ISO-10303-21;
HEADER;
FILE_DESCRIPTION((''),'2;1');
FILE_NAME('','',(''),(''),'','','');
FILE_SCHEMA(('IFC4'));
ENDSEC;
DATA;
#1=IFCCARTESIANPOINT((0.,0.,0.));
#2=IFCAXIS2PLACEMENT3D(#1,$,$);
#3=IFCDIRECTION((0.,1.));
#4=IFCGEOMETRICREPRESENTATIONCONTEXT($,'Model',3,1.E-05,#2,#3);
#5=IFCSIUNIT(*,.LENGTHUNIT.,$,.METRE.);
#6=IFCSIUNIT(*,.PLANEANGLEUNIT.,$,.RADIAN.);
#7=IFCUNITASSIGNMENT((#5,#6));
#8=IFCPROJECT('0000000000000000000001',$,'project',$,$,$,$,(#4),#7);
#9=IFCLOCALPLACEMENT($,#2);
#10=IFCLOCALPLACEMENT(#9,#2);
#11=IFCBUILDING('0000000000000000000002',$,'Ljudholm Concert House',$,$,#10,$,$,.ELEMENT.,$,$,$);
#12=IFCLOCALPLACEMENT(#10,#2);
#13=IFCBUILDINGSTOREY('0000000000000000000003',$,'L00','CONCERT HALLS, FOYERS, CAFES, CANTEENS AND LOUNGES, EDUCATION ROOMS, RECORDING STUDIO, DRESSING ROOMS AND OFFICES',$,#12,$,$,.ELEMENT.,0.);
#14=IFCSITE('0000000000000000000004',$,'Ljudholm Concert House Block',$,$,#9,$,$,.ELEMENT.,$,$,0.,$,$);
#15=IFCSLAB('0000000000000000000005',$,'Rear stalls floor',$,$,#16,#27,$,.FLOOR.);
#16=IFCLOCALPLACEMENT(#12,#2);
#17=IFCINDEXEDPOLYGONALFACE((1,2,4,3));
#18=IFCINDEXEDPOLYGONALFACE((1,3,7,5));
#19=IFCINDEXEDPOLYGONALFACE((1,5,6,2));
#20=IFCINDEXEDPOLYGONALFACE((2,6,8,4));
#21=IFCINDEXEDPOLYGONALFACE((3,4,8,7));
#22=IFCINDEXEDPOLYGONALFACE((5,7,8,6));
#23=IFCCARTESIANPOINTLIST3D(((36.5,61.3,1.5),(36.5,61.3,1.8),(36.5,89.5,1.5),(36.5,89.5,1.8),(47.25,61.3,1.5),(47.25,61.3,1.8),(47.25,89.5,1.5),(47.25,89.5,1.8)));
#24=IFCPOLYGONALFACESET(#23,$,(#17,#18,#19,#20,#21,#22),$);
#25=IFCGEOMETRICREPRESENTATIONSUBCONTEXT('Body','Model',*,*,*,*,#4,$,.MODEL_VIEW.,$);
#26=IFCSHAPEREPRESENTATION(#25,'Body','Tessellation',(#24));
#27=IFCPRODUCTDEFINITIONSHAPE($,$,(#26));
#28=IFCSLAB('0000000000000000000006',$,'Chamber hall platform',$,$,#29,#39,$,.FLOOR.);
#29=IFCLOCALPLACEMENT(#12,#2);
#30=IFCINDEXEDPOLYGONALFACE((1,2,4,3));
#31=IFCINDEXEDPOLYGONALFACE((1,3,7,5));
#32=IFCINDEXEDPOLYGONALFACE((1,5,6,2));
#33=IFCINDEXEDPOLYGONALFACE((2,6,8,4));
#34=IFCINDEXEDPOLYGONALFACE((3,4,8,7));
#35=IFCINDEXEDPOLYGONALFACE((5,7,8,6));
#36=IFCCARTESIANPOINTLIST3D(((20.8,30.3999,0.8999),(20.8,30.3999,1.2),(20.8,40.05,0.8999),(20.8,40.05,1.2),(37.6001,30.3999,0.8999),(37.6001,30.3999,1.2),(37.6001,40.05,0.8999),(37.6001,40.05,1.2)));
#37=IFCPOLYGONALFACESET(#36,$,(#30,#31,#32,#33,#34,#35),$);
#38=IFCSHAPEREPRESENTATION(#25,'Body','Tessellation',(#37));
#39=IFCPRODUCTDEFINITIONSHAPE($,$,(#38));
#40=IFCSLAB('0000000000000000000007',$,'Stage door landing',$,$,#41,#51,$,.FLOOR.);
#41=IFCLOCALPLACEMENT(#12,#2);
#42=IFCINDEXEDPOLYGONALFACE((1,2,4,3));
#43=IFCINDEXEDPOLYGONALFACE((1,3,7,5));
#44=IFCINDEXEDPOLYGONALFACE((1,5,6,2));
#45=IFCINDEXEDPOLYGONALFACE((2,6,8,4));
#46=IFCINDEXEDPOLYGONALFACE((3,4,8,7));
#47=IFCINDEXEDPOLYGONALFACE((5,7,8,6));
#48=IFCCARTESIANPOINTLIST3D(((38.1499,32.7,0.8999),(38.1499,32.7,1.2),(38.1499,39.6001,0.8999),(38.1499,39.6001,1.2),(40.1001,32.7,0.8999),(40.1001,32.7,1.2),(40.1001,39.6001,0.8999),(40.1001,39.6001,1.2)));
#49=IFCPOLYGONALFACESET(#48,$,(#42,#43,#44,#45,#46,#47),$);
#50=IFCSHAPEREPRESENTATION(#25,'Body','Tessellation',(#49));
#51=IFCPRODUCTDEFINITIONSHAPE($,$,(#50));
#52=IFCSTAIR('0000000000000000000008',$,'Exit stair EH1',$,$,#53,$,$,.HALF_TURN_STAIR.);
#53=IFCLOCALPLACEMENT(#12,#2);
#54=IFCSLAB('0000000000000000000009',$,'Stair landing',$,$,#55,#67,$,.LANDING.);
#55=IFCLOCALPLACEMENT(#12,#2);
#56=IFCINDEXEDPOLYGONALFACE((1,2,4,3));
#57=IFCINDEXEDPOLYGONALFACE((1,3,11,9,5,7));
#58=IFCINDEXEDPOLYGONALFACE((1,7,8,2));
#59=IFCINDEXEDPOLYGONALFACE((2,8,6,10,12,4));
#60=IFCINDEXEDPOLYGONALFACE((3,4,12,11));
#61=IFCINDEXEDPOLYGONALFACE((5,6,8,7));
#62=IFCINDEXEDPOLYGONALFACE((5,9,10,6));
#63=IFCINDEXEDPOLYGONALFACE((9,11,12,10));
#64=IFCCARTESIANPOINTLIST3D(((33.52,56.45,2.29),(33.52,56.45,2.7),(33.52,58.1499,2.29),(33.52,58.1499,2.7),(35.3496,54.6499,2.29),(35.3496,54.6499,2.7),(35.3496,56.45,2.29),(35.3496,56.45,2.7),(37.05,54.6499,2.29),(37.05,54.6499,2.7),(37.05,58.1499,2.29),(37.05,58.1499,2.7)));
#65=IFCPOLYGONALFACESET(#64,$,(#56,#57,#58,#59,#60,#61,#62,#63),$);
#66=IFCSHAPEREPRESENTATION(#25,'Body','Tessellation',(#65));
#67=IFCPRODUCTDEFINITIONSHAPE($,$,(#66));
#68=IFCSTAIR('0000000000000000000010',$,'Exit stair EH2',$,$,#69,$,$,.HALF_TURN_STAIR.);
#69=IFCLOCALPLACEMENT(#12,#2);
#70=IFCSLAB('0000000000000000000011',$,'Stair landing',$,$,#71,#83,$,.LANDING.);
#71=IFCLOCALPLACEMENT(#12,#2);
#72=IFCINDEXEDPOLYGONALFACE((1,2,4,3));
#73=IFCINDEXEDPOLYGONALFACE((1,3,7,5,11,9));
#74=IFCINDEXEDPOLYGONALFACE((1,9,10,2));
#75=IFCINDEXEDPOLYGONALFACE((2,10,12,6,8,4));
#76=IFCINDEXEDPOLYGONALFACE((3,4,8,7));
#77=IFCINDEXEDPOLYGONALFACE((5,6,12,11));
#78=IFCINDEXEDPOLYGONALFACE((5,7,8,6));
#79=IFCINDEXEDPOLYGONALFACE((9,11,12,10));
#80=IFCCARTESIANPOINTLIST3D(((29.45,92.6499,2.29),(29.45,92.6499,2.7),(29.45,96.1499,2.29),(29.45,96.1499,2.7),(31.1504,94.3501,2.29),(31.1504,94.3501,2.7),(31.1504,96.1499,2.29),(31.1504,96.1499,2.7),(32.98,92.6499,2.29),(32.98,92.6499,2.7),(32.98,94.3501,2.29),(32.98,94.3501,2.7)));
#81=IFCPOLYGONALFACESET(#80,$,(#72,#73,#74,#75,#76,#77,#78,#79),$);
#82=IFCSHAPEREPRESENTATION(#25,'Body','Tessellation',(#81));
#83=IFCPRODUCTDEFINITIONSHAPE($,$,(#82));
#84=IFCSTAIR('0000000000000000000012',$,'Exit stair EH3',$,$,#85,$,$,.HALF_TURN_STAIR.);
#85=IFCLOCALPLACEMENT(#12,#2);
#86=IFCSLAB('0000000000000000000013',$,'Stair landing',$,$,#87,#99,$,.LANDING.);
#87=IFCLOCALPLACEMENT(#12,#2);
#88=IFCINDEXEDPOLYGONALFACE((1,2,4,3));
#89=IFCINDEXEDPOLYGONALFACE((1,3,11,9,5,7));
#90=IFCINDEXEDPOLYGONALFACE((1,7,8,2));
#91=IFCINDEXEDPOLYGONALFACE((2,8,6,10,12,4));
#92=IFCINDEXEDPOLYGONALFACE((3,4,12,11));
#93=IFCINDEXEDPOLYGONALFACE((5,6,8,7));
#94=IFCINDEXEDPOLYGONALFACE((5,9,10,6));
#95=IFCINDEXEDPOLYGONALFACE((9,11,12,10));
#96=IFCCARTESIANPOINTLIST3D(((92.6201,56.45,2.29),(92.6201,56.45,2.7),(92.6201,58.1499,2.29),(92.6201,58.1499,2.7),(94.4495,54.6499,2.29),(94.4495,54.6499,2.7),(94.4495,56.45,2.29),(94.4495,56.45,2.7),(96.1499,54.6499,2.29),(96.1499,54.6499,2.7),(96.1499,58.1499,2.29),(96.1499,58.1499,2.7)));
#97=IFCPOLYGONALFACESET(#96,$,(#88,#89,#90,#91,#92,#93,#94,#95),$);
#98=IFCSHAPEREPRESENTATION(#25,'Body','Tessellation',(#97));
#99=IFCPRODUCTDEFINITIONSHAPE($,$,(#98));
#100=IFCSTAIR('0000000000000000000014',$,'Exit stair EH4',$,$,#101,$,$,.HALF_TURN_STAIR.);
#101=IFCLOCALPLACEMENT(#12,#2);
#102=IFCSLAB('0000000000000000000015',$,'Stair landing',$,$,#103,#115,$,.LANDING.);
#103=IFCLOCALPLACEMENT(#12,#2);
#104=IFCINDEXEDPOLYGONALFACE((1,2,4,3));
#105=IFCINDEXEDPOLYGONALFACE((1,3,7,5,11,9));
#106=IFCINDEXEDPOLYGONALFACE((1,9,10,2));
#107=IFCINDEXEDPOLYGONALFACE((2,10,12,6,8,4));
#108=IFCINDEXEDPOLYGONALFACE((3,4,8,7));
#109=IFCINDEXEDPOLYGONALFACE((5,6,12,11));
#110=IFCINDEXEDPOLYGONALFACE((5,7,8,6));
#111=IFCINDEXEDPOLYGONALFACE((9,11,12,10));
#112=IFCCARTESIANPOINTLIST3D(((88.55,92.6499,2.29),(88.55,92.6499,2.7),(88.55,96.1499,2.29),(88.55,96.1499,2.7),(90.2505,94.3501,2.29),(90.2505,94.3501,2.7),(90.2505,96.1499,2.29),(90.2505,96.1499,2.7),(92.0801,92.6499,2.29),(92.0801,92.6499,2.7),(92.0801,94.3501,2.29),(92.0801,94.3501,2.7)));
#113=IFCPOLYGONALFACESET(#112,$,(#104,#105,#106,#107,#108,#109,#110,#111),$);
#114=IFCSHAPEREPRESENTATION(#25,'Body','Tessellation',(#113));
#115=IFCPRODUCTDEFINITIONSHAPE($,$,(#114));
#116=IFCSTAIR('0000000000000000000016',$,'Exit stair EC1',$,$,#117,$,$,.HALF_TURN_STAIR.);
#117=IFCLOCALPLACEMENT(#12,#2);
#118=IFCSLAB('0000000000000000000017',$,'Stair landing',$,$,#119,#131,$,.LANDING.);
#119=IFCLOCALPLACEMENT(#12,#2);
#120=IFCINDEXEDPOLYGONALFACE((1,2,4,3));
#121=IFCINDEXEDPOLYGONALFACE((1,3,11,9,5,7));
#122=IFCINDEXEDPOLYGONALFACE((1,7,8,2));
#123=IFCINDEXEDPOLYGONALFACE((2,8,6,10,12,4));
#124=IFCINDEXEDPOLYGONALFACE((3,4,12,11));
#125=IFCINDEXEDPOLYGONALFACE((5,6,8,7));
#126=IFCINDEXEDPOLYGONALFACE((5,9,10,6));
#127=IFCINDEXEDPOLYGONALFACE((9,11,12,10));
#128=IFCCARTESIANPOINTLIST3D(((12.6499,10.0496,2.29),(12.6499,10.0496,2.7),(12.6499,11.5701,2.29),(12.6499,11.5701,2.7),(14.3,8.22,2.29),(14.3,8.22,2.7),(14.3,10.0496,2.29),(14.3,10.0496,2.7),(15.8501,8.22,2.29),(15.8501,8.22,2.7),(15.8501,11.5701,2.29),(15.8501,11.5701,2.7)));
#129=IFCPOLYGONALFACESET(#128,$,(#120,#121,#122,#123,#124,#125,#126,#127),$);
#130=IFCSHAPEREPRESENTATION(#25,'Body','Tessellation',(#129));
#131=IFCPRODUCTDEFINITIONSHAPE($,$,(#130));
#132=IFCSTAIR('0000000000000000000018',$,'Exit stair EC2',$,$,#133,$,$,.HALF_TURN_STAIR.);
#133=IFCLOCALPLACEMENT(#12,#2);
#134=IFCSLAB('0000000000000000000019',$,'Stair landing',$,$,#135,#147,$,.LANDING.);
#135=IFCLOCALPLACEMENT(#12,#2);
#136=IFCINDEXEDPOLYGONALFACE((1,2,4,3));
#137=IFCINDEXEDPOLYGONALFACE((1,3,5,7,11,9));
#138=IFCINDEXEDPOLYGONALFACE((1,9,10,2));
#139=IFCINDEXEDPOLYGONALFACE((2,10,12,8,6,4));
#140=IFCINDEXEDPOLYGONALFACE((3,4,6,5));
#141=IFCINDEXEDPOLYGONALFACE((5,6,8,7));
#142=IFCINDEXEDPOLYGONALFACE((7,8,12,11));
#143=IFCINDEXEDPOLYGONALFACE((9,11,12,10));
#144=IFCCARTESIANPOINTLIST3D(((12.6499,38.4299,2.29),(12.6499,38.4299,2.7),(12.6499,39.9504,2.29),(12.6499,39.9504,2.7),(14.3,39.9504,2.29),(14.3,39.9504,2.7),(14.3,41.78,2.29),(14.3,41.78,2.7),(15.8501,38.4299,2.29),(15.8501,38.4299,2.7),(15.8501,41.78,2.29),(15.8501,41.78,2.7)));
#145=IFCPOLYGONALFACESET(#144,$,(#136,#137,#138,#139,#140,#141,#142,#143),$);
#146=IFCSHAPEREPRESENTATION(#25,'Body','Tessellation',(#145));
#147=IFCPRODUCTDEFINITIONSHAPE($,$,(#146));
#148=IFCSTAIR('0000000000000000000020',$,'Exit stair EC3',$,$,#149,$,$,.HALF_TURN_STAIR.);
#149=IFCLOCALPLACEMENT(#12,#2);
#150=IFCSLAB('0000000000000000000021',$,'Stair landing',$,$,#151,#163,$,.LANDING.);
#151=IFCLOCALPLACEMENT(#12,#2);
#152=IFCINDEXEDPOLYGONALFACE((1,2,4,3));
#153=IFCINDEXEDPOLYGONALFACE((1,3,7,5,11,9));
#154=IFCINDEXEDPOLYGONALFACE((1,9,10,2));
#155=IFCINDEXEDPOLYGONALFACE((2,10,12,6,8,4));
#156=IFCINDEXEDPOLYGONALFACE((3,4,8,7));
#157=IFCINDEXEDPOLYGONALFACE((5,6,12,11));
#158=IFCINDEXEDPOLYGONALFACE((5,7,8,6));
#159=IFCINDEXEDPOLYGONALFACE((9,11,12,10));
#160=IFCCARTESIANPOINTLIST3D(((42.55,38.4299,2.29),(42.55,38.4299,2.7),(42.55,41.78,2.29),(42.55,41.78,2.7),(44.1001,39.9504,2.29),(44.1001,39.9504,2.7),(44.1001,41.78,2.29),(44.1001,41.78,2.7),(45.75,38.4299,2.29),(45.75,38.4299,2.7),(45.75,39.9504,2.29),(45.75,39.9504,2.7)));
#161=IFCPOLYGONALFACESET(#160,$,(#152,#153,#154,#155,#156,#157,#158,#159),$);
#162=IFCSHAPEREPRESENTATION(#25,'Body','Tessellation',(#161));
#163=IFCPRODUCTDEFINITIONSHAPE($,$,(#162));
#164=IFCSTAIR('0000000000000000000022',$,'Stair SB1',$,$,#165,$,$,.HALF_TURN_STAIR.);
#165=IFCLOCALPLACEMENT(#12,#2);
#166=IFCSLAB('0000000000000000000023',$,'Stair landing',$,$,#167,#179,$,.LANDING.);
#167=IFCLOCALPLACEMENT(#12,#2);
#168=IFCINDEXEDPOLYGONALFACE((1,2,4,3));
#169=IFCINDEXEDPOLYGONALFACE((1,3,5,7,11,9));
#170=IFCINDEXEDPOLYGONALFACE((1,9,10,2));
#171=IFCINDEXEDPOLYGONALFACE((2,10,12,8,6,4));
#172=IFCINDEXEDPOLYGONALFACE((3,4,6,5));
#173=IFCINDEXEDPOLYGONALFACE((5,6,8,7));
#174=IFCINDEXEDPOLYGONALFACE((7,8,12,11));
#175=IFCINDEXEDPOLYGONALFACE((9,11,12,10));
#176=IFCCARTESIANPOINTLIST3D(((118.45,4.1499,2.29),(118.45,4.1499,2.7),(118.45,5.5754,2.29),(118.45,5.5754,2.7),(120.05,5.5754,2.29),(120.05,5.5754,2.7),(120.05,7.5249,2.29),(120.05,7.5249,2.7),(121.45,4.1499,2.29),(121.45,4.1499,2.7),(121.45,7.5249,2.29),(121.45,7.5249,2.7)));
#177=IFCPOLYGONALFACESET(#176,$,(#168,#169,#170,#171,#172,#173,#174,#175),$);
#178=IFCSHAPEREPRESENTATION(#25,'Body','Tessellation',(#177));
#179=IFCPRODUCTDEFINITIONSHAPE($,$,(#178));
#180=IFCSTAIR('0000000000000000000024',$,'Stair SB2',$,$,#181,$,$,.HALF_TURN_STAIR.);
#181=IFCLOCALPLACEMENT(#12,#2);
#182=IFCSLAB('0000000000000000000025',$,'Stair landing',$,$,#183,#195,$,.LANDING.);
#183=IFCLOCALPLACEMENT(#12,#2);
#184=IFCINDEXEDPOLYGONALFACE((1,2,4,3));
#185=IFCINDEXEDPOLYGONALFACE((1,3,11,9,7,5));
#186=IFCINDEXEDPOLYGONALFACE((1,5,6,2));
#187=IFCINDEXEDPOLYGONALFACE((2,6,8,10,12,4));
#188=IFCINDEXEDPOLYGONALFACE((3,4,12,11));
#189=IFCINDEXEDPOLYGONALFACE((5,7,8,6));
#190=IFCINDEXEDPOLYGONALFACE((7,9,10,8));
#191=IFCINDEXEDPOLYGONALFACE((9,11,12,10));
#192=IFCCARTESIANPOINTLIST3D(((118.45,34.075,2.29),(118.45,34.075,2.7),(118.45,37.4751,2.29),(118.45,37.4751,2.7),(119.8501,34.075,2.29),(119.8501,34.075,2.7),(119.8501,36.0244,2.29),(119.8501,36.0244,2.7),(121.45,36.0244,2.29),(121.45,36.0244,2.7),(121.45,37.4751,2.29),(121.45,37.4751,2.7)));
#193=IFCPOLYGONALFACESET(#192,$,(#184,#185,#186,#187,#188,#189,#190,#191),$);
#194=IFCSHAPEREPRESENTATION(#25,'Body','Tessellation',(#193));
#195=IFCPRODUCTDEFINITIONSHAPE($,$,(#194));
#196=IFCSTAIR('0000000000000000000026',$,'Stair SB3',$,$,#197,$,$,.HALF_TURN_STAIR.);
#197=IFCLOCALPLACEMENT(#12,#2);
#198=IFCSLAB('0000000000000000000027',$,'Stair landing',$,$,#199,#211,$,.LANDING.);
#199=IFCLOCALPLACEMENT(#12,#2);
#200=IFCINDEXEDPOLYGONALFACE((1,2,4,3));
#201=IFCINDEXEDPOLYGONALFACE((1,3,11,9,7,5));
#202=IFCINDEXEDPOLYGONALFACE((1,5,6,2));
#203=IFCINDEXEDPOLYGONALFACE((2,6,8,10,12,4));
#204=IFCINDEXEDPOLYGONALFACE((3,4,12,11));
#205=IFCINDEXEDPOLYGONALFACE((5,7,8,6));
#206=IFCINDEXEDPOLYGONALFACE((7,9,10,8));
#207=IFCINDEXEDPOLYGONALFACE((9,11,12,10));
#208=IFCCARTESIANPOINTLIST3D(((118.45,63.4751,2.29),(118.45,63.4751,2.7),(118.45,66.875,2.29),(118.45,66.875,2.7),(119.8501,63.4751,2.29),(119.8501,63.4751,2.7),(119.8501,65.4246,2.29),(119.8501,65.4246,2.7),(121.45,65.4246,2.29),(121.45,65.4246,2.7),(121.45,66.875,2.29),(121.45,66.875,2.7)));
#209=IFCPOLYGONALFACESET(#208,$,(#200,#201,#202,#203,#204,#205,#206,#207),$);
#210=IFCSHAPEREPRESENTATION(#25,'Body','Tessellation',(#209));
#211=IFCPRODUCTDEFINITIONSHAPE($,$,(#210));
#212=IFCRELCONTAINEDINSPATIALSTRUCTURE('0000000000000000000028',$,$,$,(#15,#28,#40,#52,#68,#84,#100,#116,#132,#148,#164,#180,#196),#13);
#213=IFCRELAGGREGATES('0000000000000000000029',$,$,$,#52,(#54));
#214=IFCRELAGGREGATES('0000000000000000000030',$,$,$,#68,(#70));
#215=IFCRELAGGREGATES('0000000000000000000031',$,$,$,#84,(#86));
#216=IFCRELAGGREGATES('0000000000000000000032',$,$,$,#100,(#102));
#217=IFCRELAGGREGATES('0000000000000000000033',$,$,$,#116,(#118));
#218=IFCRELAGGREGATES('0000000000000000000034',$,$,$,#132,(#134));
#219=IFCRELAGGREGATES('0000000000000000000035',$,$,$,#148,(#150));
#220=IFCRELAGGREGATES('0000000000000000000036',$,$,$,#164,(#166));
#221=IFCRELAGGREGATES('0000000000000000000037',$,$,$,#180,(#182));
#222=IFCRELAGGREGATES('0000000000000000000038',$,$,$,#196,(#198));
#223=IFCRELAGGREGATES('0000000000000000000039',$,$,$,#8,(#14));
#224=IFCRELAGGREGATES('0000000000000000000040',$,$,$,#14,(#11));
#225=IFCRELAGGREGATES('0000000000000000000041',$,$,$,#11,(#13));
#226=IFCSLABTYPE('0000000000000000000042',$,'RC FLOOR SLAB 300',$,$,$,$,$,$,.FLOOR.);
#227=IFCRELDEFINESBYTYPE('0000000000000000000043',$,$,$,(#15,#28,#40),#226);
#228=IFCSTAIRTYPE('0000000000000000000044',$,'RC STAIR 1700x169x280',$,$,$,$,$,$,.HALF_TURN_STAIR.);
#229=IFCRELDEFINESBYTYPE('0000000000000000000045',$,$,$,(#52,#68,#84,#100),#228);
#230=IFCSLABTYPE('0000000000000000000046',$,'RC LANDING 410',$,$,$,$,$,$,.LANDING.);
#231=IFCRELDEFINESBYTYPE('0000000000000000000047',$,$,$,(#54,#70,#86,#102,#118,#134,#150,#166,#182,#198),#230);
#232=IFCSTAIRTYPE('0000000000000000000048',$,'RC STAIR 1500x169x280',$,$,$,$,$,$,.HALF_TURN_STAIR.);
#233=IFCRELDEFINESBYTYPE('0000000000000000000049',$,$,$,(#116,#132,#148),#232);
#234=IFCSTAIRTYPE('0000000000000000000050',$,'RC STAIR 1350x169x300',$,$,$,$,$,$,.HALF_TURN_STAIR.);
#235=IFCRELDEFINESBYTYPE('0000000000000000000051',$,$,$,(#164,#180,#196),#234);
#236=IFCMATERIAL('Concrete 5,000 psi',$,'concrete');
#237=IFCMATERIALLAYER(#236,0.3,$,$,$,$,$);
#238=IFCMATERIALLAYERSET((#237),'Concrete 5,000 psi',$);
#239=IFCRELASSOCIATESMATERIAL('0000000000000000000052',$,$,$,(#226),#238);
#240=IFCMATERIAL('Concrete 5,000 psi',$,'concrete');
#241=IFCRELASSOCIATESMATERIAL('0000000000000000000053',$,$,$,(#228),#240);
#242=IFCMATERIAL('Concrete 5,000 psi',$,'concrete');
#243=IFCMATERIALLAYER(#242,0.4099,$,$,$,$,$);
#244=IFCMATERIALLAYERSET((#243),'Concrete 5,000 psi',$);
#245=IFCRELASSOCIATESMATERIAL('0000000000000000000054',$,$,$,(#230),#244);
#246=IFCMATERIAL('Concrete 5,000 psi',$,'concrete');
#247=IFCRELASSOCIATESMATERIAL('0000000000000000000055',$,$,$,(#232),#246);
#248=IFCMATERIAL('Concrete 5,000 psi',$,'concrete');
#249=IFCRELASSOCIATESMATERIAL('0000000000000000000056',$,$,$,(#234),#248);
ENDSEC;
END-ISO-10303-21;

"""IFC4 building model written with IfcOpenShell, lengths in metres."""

from ifc_helpers import new_model, si_unit, direction, frame, origin, place, context, subcontext, project, spatial, polyline, outline, extrude, material, layer, layer_set, type_object, element, aggregate, save


model = new_model("IFC4")

# Units and contexts
model_context = context("Model", 3, precision=1e-05, world=origin(), true_north=direction((0.0, 1.0)))
body_context = subcontext(model_context, "Body", "Model", "MODEL_VIEW")
ifc_project = project(units=[si_unit("LENGTHUNIT", "METRE"), si_unit("PLANEANGLEUNIT", "RADIAN")], contexts=[model_context])

# Site, building, storey
site_placement = place(None, origin())
site = spatial("IfcSite", under=ifc_project, at=site_placement, Name="Ljudholm Concert House Block", CompositionType="ELEMENT", RefElevation=0.0)
building_placement = place(site_placement, origin())
building = spatial("IfcBuilding", under=site, at=building_placement, Name="Ljudholm Concert House", CompositionType="ELEMENT")
storey_placement = place(building_placement, origin())
storey = spatial("IfcBuildingStorey", under=building, at=storey_placement, Name="L00", Description="CONCERT HALLS, FOYERS, CAFES, CANTEENS AND LOUNGES, EDUCATION ROOMS, RECORDING STUDIO, DRESSING ROOMS AND OFFICES", CompositionType="ELEMENT", Elevation=0.0)

# Slabs
ifc_material_1 = material(Name="Concrete 5,000 psi", Category="concrete")
ifc_layer_1 = layer(ifc_material_1, 0.3)
ifc_layer_set_1 = layer_set([ifc_layer_1], Name="Concrete 5,000 psi")
slab_type_1 = type_object("IfcSlabType", Name="RC FLOOR SLAB 300", PredefinedType="FLOOR", material=ifc_layer_set_1)
slab_1_placement = place(storey_placement, frame((0.0, 0.0, 1.5)))
element("IfcSlab", 1, at=slab_1_placement, inside=storey, type_object=slab_type_1, Name="Rear stalls floor", PredefinedType="FLOOR", context=body_context, shape_type="SweptSolid", body=[
    extrude(outline(polyline([(36.5, 61.3), (47.25, 61.3), (47.25, 89.5), (36.5, 89.5), (36.5, 61.3)])), origin(), (0.0, 0.0, 1.0), 0.3),
])
slab_2_placement = place(storey_placement, frame((0.0, 0.0, 0.8999)))
element("IfcSlab", 2, at=slab_2_placement, inside=storey, type_object=slab_type_1, Name="Chamber hall platform", PredefinedType="FLOOR", context=body_context, shape_type="SweptSolid", body=[
    extrude(outline(polyline([(20.8, 30.3999), (37.6001, 30.3999), (37.6001, 40.05), (20.8, 40.05), (20.8, 30.3999)])), origin(), (0.0, 0.0, 1.0), 0.3),
])
slab_3_placement = place(storey_placement, frame((0.0, 0.0, 0.8999)))
element("IfcSlab", 3, at=slab_3_placement, inside=storey, type_object=slab_type_1, Name="Stage door landing", PredefinedType="FLOOR", context=body_context, shape_type="SweptSolid", body=[
    extrude(outline(polyline([(38.1499, 32.7), (40.1001, 32.7), (40.1001, 39.6001), (38.1499, 39.6001), (38.1499, 32.7)])), origin(), (0.0, 0.0, 1.0), 0.3),
])

# Stairs, slabs
ifc_material_2 = material(Name="Concrete 5,000 psi", Category="concrete")
stair_type_1 = type_object("IfcStairType", Name="RC STAIR 1700x169x280", PredefinedType="HALF_TURN_STAIR", material=ifc_material_2)
stair_1_placement = place(storey_placement, origin())
stair_1 = element("IfcStair", 4, at=stair_1_placement, inside=storey, type_object=stair_type_1, Name="Exit stair EH1", PredefinedType="HALF_TURN_STAIR")
ifc_material_3 = material(Name="Concrete 5,000 psi", Category="concrete")
ifc_layer_2 = layer(ifc_material_3, 0.4099)
ifc_layer_set_2 = layer_set([ifc_layer_2], Name="Concrete 5,000 psi")
slab_type_2 = type_object("IfcSlabType", Name="RC LANDING 410", PredefinedType="LANDING", material=ifc_layer_set_2)
slab_4_placement = place(storey_placement, frame((0.0, 0.0, 2.29)))
slab_4 = element("IfcSlab", 5, at=slab_4_placement, type_object=slab_type_2, Name="Stair landing", PredefinedType="LANDING", context=body_context, shape_type="SweptSolid", body=[
    extrude(outline(polyline([(33.52, 58.1499), (33.52, 56.45), (35.3496, 56.45), (35.3496, 54.6499), (37.05, 54.6499), (37.05, 58.1499), (33.52, 58.1499)])), origin(), (0.0, 0.0, 1.0), 0.4099),
])
aggregate(stair_1, [slab_4])
stair_2_placement = place(storey_placement, origin())
stair_2 = element("IfcStair", 6, at=stair_2_placement, inside=storey, type_object=stair_type_1, Name="Exit stair EH2", PredefinedType="HALF_TURN_STAIR")
slab_5_placement = place(storey_placement, frame((0.0, 0.0, 2.29)))
slab_5 = element("IfcSlab", 7, at=slab_5_placement, type_object=slab_type_2, Name="Stair landing", PredefinedType="LANDING", context=body_context, shape_type="SweptSolid", body=[
    extrude(outline(polyline([(32.98, 92.6499), (32.98, 94.3501), (31.1504, 94.3501), (31.1504, 96.1499), (29.45, 96.1499), (29.45, 92.6499), (32.98, 92.6499)])), origin(), (0.0, 0.0, 1.0), 0.4099),
])
aggregate(stair_2, [slab_5])
stair_3_placement = place(storey_placement, origin())
stair_3 = element("IfcStair", 8, at=stair_3_placement, inside=storey, type_object=stair_type_1, Name="Exit stair EH3", PredefinedType="HALF_TURN_STAIR")
slab_6_placement = place(storey_placement, frame((0.0, 0.0, 2.29)))
slab_6 = element("IfcSlab", 9, at=slab_6_placement, type_object=slab_type_2, Name="Stair landing", PredefinedType="LANDING", context=body_context, shape_type="SweptSolid", body=[
    extrude(outline(polyline([(92.6201, 58.1499), (92.6201, 56.45), (94.4495, 56.45), (94.4495, 54.6499), (96.1499, 54.6499), (96.1499, 58.1499), (92.6201, 58.1499)])), origin(), (0.0, 0.0, 1.0), 0.4099),
])
aggregate(stair_3, [slab_6])
stair_4_placement = place(storey_placement, origin())
stair_4 = element("IfcStair", 10, at=stair_4_placement, inside=storey, type_object=stair_type_1, Name="Exit stair EH4", PredefinedType="HALF_TURN_STAIR")
slab_7_placement = place(storey_placement, frame((0.0, 0.0, 2.29)))
slab_7 = element("IfcSlab", 11, at=slab_7_placement, type_object=slab_type_2, Name="Stair landing", PredefinedType="LANDING", context=body_context, shape_type="SweptSolid", body=[
    extrude(outline(polyline([(92.0801, 92.6499), (92.0801, 94.3501), (90.2505, 94.3501), (90.2505, 96.1499), (88.55, 96.1499), (88.55, 92.6499), (92.0801, 92.6499)])), origin(), (0.0, 0.0, 1.0), 0.4099),
])
aggregate(stair_4, [slab_7])
ifc_material_4 = material(Name="Concrete 5,000 psi", Category="concrete")
stair_type_2 = type_object("IfcStairType", Name="RC STAIR 1500x169x280", PredefinedType="HALF_TURN_STAIR", material=ifc_material_4)
stair_5_placement = place(storey_placement, origin())
stair_5 = element("IfcStair", 12, at=stair_5_placement, inside=storey, type_object=stair_type_2, Name="Exit stair EC1", PredefinedType="HALF_TURN_STAIR")
slab_8_placement = place(storey_placement, frame((0.0, 0.0, 2.29)))
slab_8 = element("IfcSlab", 13, at=slab_8_placement, type_object=slab_type_2, Name="Stair landing", PredefinedType="LANDING", context=body_context, shape_type="SweptSolid", body=[
    extrude(outline(polyline([(15.8501, 11.5701), (12.6499, 11.5701), (12.6499, 10.0496), (14.3, 10.0496), (14.3, 8.22), (15.8501, 8.22), (15.8501, 11.5701)])), origin(), (0.0, 0.0, 1.0), 0.4099),
])
aggregate(stair_5, [slab_8])
stair_6_placement = place(storey_placement, origin())
stair_6 = element("IfcStair", 14, at=stair_6_placement, inside=storey, type_object=stair_type_2, Name="Exit stair EC2", PredefinedType="HALF_TURN_STAIR")
slab_9_placement = place(storey_placement, frame((0.0, 0.0, 2.29)))
slab_9 = element("IfcSlab", 15, at=slab_9_placement, type_object=slab_type_2, Name="Stair landing", PredefinedType="LANDING", context=body_context, shape_type="SweptSolid", body=[
    extrude(outline(polyline([(15.8501, 41.78), (14.3, 41.78), (14.3, 39.9504), (12.6499, 39.9504), (12.6499, 38.4299), (15.8501, 38.4299), (15.8501, 41.78)])), origin(), (0.0, 0.0, 1.0), 0.4099),
])
aggregate(stair_6, [slab_9])
stair_7_placement = place(storey_placement, origin())
stair_7 = element("IfcStair", 16, at=stair_7_placement, inside=storey, type_object=stair_type_2, Name="Exit stair EC3", PredefinedType="HALF_TURN_STAIR")
slab_10_placement = place(storey_placement, frame((0.0, 0.0, 2.29)))
slab_10 = element("IfcSlab", 17, at=slab_10_placement, type_object=slab_type_2, Name="Stair landing", PredefinedType="LANDING", context=body_context, shape_type="SweptSolid", body=[
    extrude(outline(polyline([(42.55, 38.4299), (45.75, 38.4299), (45.75, 39.9504), (44.1001, 39.9504), (44.1001, 41.78), (42.55, 41.78), (42.55, 38.4299)])), origin(), (0.0, 0.0, 1.0), 0.4099),
])
aggregate(stair_7, [slab_10])
ifc_material_5 = material(Name="Concrete 5,000 psi", Category="concrete")
stair_type_3 = type_object("IfcStairType", Name="RC STAIR 1350x169x300", PredefinedType="HALF_TURN_STAIR", material=ifc_material_5)
stair_8_placement = place(storey_placement, origin())
stair_8 = element("IfcStair", 18, at=stair_8_placement, inside=storey, type_object=stair_type_3, Name="Stair SB1", PredefinedType="HALF_TURN_STAIR")
slab_11_placement = place(storey_placement, frame((0.0, 0.0, 2.29)))
slab_11 = element("IfcSlab", 19, at=slab_11_placement, type_object=slab_type_2, Name="Stair landing", PredefinedType="LANDING", context=body_context, shape_type="SweptSolid", body=[
    extrude(outline(polyline([(121.45, 7.5249), (120.05, 7.5249), (120.05, 5.5754), (118.45, 5.5754), (118.45, 4.1499), (121.45, 4.1499), (121.45, 7.5249)])), origin(), (0.0, 0.0, 1.0), 0.4099),
])
aggregate(stair_8, [slab_11])
stair_9_placement = place(storey_placement, origin())
stair_9 = element("IfcStair", 20, at=stair_9_placement, inside=storey, type_object=stair_type_3, Name="Stair SB2", PredefinedType="HALF_TURN_STAIR")
slab_12_placement = place(storey_placement, frame((0.0, 0.0, 2.29)))
slab_12 = element("IfcSlab", 21, at=slab_12_placement, type_object=slab_type_2, Name="Stair landing", PredefinedType="LANDING", context=body_context, shape_type="SweptSolid", body=[
    extrude(outline(polyline([(118.45, 34.075), (119.8501, 34.075), (119.8501, 36.0244), (121.45, 36.0244), (121.45, 37.4751), (118.45, 37.4751), (118.45, 34.075)])), origin(), (0.0, 0.0, 1.0), 0.4099),
])
aggregate(stair_9, [slab_12])
stair_10_placement = place(storey_placement, origin())
stair_10 = element("IfcStair", 22, at=stair_10_placement, inside=storey, type_object=stair_type_3, Name="Stair SB3", PredefinedType="HALF_TURN_STAIR")
slab_13_placement = place(storey_placement, frame((0.0, 0.0, 2.29)))
slab_13 = element("IfcSlab", 23, at=slab_13_placement, type_object=slab_type_2, Name="Stair landing", PredefinedType="LANDING", context=body_context, shape_type="SweptSolid", body=[
    extrude(outline(polyline([(118.45, 63.4751), (119.8501, 63.4751), (119.8501, 65.4246), (121.45, 65.4246), (121.45, 66.875), (118.45, 66.875), (118.45, 63.4751)])), origin(), (0.0, 0.0, 1.0), 0.4099),
])
aggregate(stair_10, [slab_13])

save(model, "model.ifc")
